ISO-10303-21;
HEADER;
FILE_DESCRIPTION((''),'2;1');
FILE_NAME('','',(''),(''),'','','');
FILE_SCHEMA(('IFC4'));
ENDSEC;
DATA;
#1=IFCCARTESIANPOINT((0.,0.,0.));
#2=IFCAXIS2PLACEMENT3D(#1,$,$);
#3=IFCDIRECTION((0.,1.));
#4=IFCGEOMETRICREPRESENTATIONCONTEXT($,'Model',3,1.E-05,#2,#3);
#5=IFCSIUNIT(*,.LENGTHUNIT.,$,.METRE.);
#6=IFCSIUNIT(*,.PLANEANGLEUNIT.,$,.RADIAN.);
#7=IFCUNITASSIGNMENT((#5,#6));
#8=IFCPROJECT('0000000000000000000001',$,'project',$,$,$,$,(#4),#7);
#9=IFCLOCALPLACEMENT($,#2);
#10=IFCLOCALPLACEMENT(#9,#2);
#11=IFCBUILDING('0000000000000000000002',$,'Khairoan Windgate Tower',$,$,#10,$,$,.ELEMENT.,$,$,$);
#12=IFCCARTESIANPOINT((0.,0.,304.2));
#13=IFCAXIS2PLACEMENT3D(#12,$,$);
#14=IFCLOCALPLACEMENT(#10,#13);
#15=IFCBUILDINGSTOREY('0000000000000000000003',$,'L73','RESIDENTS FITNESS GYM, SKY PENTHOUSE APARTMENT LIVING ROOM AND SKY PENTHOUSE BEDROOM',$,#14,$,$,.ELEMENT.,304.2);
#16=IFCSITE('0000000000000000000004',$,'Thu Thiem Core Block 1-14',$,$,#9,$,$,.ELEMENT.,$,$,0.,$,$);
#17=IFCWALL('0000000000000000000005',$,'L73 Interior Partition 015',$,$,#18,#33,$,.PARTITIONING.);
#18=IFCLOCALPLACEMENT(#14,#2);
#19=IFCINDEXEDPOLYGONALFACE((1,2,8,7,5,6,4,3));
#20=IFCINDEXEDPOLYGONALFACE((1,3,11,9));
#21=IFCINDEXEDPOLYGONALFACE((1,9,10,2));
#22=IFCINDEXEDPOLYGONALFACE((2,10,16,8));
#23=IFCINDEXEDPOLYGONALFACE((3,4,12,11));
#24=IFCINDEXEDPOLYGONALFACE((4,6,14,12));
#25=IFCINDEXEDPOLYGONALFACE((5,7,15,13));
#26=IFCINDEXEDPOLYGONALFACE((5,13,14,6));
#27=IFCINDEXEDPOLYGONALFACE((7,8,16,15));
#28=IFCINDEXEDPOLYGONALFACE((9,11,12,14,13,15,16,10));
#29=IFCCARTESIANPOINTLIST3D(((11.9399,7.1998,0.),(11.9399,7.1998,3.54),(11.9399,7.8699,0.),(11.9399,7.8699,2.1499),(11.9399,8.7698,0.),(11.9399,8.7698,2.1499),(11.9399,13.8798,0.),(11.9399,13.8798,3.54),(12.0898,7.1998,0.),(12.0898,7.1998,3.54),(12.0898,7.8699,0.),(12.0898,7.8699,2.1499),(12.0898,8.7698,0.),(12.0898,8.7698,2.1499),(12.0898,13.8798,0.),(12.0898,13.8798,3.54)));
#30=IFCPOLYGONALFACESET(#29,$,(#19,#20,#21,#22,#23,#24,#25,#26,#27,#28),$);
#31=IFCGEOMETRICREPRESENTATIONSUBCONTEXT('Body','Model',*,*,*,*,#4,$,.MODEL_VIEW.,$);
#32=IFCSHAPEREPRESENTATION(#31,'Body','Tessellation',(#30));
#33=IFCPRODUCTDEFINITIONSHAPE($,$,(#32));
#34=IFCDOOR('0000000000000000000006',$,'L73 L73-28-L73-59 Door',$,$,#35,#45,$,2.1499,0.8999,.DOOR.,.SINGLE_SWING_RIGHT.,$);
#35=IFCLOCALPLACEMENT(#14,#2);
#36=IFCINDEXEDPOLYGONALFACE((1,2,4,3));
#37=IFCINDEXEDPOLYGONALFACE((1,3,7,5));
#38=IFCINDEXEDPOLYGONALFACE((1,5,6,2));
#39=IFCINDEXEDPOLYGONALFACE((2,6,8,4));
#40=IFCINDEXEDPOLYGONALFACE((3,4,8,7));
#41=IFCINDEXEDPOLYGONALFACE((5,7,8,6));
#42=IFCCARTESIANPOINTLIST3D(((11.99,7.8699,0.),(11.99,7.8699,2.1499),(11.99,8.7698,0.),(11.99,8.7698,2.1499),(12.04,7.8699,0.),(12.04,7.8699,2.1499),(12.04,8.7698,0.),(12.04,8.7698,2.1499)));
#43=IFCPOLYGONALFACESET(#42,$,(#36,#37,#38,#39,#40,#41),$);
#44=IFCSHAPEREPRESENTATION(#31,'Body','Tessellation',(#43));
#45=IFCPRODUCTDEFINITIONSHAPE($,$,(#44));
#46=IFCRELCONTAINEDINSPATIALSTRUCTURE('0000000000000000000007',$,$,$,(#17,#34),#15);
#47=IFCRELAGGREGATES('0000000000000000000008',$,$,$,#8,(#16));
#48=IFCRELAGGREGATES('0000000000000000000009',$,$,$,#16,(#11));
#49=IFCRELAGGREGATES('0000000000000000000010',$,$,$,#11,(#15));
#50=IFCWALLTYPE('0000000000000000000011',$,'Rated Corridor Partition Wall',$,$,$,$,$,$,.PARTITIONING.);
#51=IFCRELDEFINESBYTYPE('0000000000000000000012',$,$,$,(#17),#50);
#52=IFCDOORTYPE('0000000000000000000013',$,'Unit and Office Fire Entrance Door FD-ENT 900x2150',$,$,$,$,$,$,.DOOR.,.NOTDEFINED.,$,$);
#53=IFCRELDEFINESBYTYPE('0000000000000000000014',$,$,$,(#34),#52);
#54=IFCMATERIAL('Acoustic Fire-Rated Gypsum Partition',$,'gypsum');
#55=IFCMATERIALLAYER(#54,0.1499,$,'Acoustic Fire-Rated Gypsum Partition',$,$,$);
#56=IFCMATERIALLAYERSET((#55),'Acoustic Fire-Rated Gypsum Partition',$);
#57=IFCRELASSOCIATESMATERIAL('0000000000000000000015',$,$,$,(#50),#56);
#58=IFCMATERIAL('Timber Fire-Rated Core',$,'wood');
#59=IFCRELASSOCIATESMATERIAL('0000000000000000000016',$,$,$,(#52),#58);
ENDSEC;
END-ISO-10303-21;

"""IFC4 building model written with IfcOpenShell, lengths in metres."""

from ifc_helpers import new_model, si_unit, direction, frame, frame_2d, origin, place, context, subcontext, project, spatial, rectangle, extrude, material, layer, layer_set, type_object, element, fill, save


model = new_model("IFC4")

# Units and contexts
model_context = context("Model", 3, precision=1e-05, world=origin(), true_north=direction((0.0, 1.0)))
body_context = subcontext(model_context, "Body", "Model", "MODEL_VIEW")
ifc_project = project(units=[si_unit("LENGTHUNIT", "METRE"), si_unit("PLANEANGLEUNIT", "RADIAN")], contexts=[model_context])

# Site, building, storey
site_placement = place(None, origin())
site = spatial("IfcSite", under=ifc_project, at=site_placement, Name="Thu Thiem Core Block 1-14", CompositionType="ELEMENT", RefElevation=0.0)
building_placement = place(site_placement, origin())
building = spatial("IfcBuilding", under=site, at=building_placement, Name="Khairoan Windgate Tower", CompositionType="ELEMENT")
storey_placement = place(building_placement, frame((0.0, 0.0, 304.2)))
storey = spatial("IfcBuildingStorey", under=building, at=storey_placement, Name="L73", Description="RESIDENTS FITNESS GYM, SKY PENTHOUSE APARTMENT LIVING ROOM AND SKY PENTHOUSE BEDROOM", CompositionType="ELEMENT", Elevation=304.2)

# Wall, opening, door
ifc_material_1 = material(Name="Acoustic Fire-Rated Gypsum Partition", Category="gypsum")
ifc_layer_1 = layer(ifc_material_1, 0.1499, Name="Acoustic Fire-Rated Gypsum Partition")
ifc_layer_set_1 = layer_set([ifc_layer_1], Name="Acoustic Fire-Rated Gypsum Partition")
wall_type_1 = type_object("IfcWallType", Name="Rated Corridor Partition Wall", PredefinedType="PARTITIONING", material=ifc_layer_set_1)
wall_1_placement = place(storey_placement, frame((12.0149, 7.2, 0.0), z_axis=(0.0, 0.0, 1.0), x_axis=(0.0, 1.0, 0.0)))
wall_1 = element("IfcWall", 1, at=wall_1_placement, inside=storey, type_object=wall_type_1, Name="L73 Interior Partition 015", PredefinedType="PARTITIONING", context=body_context, shape_type="SweptSolid", body=[
    extrude(rectangle(XDim=6.6799, YDim=0.1499, at=frame_2d((3.3398, 0.0))), origin(), (0.0, 0.0, 1.0), 3.54),
])
opening_1_placement = place(wall_1_placement, frame((0.6699, 0.0, 0.0)))
opening_1 = element("IfcOpeningElement", 2, at=opening_1_placement, cuts=wall_1, PredefinedType="OPENING", context=body_context, shape_type="SweptSolid", body=[
    extrude(rectangle(XDim=0.8999, YDim=2.1499, at=frame_2d((0.45, 1.075))), frame((0.0, 0.085, 0.0), z_axis=(0.0, -1.0, 0.0), x_axis=(1.0, 0.0, 0.0)), (0.0, 0.0, 1.0), 0.1699),
])
ifc_material_2 = material(Name="Timber Fire-Rated Core", Category="wood")
door_type_1 = type_object("IfcDoorType", Name="Unit and Office Fire Entrance Door FD-ENT 900x2150", OperationType="NOTDEFINED", PredefinedType="DOOR", material=ifc_material_2)
door_1_placement = place(opening_1_placement, origin())
door_1 = element("IfcDoor", 3, at=door_1_placement, inside=storey, type_object=door_type_1, Name="L73 L73-28-L73-59 Door", OperationType="SINGLE_SWING_RIGHT", OverallHeight=2.1499, OverallWidth=0.8999, PredefinedType="DOOR", context=body_context, shape_type="SweptSolid", body=[
    extrude(rectangle(XDim=0.8999, YDim=2.1499, at=frame_2d((0.45, 1.075))), frame((0.0, 0.0249, 0.0), z_axis=(0.0, -1.0, 0.0), x_axis=(1.0, 0.0, 0.0)), (0.0, 0.0, 1.0), 0.05),
])
fill(opening_1, door_1)

save(model, "model.ifc")
